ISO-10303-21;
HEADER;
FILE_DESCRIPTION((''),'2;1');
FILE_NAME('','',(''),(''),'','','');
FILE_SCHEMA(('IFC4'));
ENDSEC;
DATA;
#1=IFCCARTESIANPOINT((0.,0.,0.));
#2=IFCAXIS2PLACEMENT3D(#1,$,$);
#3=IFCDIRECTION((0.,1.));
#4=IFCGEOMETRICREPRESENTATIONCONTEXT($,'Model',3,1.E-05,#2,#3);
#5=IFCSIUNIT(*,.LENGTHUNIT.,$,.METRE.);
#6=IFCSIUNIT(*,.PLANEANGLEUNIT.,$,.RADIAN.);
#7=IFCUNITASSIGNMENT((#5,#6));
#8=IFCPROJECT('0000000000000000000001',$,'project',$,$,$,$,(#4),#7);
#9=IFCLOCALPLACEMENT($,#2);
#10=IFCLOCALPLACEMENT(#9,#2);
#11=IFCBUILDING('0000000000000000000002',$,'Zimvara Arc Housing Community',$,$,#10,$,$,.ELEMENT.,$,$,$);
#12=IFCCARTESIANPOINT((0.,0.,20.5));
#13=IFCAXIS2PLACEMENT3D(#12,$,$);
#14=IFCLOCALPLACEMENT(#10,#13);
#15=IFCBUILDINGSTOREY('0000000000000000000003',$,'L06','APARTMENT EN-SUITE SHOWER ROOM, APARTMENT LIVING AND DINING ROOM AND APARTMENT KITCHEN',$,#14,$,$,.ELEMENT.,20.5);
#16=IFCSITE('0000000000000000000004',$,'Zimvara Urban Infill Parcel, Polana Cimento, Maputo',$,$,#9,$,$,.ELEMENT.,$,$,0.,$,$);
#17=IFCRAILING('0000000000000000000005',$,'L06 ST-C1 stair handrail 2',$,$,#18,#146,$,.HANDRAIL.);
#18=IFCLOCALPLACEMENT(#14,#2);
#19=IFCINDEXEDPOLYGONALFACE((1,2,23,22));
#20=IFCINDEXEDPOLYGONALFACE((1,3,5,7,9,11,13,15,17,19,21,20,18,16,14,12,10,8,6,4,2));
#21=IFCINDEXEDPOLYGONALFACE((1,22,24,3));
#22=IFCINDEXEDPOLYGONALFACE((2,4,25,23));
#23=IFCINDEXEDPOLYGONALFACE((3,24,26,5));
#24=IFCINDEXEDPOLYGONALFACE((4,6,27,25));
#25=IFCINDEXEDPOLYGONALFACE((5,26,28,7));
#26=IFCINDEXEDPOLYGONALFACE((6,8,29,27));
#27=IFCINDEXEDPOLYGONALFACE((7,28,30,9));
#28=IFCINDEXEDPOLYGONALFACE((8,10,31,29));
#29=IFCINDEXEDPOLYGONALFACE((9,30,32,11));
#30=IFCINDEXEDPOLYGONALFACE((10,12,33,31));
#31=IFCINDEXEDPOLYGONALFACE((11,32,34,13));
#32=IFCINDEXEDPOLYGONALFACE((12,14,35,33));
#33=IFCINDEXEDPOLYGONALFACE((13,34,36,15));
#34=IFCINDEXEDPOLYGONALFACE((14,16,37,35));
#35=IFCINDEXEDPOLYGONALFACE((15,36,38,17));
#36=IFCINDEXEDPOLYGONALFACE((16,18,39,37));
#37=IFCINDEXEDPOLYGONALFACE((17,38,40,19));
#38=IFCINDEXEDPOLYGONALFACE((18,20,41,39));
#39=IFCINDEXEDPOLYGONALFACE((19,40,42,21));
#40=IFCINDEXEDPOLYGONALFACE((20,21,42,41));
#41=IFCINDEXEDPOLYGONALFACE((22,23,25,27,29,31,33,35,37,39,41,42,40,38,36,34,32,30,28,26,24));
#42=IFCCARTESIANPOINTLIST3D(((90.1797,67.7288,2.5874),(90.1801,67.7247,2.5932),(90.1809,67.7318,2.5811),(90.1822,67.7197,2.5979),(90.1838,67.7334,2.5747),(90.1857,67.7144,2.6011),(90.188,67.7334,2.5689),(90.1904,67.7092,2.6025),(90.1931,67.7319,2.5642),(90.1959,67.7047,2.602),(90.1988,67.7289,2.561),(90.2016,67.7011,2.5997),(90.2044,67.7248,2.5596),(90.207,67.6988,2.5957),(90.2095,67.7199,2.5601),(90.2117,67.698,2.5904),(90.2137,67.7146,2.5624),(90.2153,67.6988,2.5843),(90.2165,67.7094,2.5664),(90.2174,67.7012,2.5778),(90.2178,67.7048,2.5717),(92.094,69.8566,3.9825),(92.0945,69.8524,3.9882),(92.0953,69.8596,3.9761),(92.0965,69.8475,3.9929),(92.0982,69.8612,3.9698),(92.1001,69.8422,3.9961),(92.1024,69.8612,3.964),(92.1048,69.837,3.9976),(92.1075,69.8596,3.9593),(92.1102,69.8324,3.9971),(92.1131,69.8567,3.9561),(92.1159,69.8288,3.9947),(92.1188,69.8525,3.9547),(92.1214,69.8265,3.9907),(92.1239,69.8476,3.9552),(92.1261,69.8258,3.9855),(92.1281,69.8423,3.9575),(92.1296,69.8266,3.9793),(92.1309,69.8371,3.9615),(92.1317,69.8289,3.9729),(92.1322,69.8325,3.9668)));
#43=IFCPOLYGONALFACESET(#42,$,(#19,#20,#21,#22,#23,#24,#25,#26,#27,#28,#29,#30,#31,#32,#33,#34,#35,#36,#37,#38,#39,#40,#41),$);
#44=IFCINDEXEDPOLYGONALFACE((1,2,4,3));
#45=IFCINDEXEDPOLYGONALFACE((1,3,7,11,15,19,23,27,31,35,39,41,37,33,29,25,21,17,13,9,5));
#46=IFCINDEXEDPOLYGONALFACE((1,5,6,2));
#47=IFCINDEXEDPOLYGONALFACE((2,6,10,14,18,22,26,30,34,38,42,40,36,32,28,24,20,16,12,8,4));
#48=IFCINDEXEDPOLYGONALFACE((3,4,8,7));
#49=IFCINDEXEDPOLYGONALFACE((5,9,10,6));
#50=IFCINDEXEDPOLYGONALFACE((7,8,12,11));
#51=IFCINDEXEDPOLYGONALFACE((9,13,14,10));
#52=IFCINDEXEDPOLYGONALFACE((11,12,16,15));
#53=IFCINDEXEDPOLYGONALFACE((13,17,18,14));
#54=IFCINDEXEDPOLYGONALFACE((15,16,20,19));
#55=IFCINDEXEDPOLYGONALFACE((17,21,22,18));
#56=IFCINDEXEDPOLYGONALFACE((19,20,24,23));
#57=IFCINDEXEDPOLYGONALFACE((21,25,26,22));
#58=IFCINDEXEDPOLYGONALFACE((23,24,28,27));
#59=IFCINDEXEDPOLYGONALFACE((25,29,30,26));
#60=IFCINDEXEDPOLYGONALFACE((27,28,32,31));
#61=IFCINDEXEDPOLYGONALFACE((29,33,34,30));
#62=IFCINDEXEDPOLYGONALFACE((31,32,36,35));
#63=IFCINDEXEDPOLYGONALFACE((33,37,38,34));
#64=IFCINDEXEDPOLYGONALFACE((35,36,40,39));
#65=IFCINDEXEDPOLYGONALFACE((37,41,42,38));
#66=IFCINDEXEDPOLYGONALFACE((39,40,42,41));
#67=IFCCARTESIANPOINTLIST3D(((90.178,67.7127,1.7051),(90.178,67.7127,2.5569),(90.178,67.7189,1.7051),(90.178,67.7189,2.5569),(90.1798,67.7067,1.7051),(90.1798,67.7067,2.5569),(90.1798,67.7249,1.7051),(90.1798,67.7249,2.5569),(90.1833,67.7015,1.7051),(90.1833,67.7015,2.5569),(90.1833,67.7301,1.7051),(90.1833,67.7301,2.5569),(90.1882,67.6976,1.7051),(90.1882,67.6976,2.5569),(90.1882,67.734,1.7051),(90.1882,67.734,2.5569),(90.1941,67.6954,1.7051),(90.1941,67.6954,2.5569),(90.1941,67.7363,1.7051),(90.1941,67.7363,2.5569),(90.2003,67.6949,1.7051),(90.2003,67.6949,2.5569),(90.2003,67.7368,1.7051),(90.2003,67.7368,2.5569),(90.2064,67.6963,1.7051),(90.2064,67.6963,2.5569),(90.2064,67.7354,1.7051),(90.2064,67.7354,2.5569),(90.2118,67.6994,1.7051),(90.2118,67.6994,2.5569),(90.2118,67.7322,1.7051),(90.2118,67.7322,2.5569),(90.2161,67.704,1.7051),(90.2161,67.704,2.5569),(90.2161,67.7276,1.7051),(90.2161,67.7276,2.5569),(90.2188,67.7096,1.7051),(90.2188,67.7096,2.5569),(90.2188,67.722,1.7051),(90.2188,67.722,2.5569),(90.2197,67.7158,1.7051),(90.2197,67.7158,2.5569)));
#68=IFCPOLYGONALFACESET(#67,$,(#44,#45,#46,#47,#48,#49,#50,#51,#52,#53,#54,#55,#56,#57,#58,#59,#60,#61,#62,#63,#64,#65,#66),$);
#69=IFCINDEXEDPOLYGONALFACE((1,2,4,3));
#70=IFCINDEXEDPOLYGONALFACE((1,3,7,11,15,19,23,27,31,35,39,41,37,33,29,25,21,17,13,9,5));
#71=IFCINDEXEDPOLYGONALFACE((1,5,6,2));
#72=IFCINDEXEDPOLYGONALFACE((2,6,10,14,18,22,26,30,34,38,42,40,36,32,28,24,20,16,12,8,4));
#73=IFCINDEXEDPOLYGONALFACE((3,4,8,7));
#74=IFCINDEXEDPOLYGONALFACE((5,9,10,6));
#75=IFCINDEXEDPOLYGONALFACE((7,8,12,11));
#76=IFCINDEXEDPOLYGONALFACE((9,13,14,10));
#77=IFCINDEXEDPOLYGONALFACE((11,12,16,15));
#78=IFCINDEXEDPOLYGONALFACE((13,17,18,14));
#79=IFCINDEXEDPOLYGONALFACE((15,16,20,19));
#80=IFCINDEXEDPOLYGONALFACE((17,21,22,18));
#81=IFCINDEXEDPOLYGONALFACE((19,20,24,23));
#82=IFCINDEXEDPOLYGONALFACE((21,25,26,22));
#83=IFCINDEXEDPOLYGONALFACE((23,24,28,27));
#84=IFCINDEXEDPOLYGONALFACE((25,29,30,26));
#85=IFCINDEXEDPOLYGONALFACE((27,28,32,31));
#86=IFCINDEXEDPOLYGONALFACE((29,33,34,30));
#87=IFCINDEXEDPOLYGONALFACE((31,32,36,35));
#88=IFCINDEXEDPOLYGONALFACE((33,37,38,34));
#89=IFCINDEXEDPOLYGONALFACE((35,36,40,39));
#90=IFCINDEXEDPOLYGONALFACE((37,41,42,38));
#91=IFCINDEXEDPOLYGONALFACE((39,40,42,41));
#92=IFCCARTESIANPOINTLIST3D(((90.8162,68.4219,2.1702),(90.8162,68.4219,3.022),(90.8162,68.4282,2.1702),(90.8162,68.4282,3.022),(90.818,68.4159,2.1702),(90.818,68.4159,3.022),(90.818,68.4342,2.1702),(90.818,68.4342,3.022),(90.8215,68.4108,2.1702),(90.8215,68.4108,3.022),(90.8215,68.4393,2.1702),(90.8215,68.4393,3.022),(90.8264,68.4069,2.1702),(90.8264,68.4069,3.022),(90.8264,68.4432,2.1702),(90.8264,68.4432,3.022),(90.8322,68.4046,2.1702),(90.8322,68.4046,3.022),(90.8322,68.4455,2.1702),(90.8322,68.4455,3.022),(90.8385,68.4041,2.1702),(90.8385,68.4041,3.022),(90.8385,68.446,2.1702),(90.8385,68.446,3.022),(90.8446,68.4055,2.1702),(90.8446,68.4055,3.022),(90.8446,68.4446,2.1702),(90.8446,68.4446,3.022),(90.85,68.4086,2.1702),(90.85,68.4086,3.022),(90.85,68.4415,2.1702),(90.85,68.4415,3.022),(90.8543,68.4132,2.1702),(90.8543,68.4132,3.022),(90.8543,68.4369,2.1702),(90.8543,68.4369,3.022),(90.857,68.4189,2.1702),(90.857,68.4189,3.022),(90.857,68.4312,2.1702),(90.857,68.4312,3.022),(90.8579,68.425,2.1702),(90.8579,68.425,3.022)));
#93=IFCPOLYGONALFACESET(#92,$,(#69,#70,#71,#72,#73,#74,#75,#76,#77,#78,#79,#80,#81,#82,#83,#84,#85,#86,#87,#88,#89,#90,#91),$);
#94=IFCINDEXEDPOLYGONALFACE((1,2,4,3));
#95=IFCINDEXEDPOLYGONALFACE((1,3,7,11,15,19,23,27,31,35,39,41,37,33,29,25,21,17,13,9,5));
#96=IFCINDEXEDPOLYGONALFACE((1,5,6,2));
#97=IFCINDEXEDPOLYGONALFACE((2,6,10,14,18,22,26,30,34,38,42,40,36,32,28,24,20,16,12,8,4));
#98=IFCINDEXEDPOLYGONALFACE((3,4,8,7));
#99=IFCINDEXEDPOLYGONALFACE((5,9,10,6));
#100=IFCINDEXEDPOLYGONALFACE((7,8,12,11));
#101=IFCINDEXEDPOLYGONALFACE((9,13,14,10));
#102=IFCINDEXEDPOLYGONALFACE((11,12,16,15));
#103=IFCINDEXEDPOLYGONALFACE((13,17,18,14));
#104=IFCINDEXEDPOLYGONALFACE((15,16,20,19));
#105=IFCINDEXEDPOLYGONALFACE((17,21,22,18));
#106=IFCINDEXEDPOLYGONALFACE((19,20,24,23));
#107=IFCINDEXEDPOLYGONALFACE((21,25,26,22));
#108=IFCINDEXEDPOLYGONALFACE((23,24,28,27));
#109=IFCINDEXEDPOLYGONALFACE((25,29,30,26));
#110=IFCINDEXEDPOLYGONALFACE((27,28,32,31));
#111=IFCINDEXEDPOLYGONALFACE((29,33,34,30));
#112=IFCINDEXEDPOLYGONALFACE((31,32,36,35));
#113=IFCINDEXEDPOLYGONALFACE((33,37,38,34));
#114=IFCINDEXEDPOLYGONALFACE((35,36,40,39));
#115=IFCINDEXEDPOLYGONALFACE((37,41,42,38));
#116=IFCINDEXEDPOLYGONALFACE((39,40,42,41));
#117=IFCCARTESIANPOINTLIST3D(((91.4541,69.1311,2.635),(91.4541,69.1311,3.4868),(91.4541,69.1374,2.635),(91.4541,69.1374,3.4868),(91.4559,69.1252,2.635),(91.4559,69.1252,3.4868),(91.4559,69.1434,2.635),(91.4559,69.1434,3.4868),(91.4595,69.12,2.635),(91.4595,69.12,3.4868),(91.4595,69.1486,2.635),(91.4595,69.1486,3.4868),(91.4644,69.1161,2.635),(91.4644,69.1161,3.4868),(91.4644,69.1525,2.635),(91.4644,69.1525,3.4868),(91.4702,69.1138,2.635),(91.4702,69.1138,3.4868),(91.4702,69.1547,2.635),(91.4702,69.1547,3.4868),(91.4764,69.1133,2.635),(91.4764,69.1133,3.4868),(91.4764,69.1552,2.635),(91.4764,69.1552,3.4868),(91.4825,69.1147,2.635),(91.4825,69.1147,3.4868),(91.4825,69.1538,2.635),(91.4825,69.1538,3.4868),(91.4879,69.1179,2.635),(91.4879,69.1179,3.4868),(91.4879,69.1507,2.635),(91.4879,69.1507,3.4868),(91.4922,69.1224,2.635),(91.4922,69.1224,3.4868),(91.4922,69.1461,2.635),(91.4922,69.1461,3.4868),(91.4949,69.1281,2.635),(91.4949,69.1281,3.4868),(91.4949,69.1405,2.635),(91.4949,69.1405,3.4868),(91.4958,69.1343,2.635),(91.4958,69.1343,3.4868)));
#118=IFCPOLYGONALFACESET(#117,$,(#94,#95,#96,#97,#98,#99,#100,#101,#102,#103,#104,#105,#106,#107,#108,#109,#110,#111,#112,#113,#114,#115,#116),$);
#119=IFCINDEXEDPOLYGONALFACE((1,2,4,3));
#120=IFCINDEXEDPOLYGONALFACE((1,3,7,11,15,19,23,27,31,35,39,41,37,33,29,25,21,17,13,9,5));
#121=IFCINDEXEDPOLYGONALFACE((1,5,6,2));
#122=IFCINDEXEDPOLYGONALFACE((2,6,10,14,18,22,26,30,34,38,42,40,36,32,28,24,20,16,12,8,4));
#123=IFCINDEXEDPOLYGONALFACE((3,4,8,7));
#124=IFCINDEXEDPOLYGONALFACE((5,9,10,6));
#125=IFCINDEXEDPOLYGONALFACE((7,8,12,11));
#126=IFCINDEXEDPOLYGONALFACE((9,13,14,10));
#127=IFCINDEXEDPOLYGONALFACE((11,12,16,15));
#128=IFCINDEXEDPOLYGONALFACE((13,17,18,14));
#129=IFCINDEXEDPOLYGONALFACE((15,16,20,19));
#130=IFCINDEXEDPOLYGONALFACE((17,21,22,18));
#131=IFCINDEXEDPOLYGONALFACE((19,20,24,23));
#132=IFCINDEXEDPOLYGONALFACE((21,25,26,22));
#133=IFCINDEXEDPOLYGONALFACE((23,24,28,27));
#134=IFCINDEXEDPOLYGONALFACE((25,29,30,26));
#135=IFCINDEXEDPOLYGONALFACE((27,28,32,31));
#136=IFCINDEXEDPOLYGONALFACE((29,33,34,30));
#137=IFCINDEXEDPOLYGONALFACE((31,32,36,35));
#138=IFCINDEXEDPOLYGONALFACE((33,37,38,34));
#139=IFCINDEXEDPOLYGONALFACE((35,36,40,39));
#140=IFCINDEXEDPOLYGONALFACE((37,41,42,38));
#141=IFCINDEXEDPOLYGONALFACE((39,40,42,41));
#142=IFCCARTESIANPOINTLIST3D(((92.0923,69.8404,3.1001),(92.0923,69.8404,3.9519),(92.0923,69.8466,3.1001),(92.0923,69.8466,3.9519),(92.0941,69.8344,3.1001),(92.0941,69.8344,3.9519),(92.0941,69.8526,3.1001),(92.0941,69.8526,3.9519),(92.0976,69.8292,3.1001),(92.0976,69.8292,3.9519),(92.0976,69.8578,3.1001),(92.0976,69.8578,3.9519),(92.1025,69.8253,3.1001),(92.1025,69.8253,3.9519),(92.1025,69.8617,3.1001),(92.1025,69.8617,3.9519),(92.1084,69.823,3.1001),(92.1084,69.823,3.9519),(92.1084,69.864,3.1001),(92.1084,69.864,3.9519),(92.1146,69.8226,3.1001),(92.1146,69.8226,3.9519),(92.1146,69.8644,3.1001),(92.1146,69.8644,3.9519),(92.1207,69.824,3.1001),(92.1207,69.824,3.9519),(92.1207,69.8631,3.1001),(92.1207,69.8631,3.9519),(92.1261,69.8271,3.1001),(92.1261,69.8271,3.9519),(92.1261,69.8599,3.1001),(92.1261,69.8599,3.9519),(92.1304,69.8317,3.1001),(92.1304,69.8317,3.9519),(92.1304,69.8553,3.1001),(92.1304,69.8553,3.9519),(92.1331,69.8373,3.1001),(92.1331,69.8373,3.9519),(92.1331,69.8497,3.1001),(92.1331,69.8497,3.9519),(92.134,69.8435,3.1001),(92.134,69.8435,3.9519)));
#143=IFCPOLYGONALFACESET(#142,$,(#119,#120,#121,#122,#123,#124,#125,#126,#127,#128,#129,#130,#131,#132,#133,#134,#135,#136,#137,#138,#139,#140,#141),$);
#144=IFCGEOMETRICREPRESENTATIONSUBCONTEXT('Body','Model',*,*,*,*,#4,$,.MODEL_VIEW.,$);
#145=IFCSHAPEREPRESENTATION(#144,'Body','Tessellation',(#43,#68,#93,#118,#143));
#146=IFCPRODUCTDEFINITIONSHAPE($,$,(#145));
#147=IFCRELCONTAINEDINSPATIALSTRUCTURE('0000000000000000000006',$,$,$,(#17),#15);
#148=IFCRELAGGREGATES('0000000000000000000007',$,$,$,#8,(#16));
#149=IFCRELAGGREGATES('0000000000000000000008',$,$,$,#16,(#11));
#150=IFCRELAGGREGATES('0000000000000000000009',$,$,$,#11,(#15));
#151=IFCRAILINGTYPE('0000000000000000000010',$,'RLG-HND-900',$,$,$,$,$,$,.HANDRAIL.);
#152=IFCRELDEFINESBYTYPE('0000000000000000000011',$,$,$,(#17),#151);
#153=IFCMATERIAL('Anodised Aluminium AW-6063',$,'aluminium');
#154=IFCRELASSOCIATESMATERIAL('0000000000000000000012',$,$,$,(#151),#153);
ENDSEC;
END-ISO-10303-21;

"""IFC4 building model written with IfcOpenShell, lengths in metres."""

from ifc_helpers import new_model, si_unit, direction, frame, origin, origin_2d, place, context, subcontext, project, spatial, circle, extrude, material, type_object, element, save


model = new_model("IFC4")

# Units and contexts
model_context = context("Model", 3, precision=1e-05, world=origin(), true_north=direction((0.0, 1.0)))
body_context = subcontext(model_context, "Body", "Model", "MODEL_VIEW")
ifc_project = project(units=[si_unit("LENGTHUNIT", "METRE"), si_unit("PLANEANGLEUNIT", "RADIAN")], contexts=[model_context])

# Site, building, storey
site_placement = place(None, origin())
site = spatial("IfcSite", under=ifc_project, at=site_placement, Name="Zimvara Urban Infill Parcel, Polana Cimento, Maputo", CompositionType="ELEMENT", RefElevation=0.0)
building_placement = place(site_placement, origin())
building = spatial("IfcBuilding", under=site, at=building_placement, Name="Zimvara Arc Housing Community", CompositionType="ELEMENT")
storey_placement = place(building_placement, frame((0.0, 0.0, 20.5)))
storey = spatial("IfcBuildingStorey", under=building, at=storey_placement, Name="L06", Description="APARTMENT EN-SUITE SHOWER ROOM, APARTMENT LIVING AND DINING ROOM AND APARTMENT KITCHEN", CompositionType="ELEMENT", Elevation=20.5)

# Railing
ifc_material_1 = material(Name="Anodised Aluminium AW-6063", Category="aluminium")
railing_type = type_object("IfcRailingType", Name="RLG-HND-900", PredefinedType="HANDRAIL", material=ifc_material_1)
railing_placement = place(storey_placement, frame((90.1987, 67.7158, 1.7051)))
element("IfcRailing", 1, at=railing_placement, inside=storey, type_object=railing_type, Name="L06 ST-C1 stair handrail 2", PredefinedType="HANDRAIL", context=body_context, shape_type="SweptSolid", body=[
    extrude(circle(Radius=0.0239, at=origin_2d()), frame((0.0, 0.0, 0.876), z_axis=(0.601232, 0.668248, 0.438138), x_axis=(-0.7434, 0.668847, 0.0)), (0.0, 0.0, 1.0), 3.1841),
    extrude(circle(Radius=0.021, at=origin_2d()), origin(), (0.0, 0.0, 1.0), 0.8518),
    extrude(circle(Radius=0.021, at=origin_2d()), frame((0.6382, 0.7092, 0.4651)), (0.0, 0.0, 1.0), 0.8518),
    extrude(circle(Radius=0.021, at=origin_2d()), frame((1.2761, 1.4185, 0.9299)), (0.0, 0.0, 1.0), 0.8518),
    extrude(circle(Radius=0.021, at=origin_2d()), frame((1.9143, 2.1277, 1.395)), (0.0, 0.0, 1.0), 0.8518),
])

save(model, "model.ifc")
